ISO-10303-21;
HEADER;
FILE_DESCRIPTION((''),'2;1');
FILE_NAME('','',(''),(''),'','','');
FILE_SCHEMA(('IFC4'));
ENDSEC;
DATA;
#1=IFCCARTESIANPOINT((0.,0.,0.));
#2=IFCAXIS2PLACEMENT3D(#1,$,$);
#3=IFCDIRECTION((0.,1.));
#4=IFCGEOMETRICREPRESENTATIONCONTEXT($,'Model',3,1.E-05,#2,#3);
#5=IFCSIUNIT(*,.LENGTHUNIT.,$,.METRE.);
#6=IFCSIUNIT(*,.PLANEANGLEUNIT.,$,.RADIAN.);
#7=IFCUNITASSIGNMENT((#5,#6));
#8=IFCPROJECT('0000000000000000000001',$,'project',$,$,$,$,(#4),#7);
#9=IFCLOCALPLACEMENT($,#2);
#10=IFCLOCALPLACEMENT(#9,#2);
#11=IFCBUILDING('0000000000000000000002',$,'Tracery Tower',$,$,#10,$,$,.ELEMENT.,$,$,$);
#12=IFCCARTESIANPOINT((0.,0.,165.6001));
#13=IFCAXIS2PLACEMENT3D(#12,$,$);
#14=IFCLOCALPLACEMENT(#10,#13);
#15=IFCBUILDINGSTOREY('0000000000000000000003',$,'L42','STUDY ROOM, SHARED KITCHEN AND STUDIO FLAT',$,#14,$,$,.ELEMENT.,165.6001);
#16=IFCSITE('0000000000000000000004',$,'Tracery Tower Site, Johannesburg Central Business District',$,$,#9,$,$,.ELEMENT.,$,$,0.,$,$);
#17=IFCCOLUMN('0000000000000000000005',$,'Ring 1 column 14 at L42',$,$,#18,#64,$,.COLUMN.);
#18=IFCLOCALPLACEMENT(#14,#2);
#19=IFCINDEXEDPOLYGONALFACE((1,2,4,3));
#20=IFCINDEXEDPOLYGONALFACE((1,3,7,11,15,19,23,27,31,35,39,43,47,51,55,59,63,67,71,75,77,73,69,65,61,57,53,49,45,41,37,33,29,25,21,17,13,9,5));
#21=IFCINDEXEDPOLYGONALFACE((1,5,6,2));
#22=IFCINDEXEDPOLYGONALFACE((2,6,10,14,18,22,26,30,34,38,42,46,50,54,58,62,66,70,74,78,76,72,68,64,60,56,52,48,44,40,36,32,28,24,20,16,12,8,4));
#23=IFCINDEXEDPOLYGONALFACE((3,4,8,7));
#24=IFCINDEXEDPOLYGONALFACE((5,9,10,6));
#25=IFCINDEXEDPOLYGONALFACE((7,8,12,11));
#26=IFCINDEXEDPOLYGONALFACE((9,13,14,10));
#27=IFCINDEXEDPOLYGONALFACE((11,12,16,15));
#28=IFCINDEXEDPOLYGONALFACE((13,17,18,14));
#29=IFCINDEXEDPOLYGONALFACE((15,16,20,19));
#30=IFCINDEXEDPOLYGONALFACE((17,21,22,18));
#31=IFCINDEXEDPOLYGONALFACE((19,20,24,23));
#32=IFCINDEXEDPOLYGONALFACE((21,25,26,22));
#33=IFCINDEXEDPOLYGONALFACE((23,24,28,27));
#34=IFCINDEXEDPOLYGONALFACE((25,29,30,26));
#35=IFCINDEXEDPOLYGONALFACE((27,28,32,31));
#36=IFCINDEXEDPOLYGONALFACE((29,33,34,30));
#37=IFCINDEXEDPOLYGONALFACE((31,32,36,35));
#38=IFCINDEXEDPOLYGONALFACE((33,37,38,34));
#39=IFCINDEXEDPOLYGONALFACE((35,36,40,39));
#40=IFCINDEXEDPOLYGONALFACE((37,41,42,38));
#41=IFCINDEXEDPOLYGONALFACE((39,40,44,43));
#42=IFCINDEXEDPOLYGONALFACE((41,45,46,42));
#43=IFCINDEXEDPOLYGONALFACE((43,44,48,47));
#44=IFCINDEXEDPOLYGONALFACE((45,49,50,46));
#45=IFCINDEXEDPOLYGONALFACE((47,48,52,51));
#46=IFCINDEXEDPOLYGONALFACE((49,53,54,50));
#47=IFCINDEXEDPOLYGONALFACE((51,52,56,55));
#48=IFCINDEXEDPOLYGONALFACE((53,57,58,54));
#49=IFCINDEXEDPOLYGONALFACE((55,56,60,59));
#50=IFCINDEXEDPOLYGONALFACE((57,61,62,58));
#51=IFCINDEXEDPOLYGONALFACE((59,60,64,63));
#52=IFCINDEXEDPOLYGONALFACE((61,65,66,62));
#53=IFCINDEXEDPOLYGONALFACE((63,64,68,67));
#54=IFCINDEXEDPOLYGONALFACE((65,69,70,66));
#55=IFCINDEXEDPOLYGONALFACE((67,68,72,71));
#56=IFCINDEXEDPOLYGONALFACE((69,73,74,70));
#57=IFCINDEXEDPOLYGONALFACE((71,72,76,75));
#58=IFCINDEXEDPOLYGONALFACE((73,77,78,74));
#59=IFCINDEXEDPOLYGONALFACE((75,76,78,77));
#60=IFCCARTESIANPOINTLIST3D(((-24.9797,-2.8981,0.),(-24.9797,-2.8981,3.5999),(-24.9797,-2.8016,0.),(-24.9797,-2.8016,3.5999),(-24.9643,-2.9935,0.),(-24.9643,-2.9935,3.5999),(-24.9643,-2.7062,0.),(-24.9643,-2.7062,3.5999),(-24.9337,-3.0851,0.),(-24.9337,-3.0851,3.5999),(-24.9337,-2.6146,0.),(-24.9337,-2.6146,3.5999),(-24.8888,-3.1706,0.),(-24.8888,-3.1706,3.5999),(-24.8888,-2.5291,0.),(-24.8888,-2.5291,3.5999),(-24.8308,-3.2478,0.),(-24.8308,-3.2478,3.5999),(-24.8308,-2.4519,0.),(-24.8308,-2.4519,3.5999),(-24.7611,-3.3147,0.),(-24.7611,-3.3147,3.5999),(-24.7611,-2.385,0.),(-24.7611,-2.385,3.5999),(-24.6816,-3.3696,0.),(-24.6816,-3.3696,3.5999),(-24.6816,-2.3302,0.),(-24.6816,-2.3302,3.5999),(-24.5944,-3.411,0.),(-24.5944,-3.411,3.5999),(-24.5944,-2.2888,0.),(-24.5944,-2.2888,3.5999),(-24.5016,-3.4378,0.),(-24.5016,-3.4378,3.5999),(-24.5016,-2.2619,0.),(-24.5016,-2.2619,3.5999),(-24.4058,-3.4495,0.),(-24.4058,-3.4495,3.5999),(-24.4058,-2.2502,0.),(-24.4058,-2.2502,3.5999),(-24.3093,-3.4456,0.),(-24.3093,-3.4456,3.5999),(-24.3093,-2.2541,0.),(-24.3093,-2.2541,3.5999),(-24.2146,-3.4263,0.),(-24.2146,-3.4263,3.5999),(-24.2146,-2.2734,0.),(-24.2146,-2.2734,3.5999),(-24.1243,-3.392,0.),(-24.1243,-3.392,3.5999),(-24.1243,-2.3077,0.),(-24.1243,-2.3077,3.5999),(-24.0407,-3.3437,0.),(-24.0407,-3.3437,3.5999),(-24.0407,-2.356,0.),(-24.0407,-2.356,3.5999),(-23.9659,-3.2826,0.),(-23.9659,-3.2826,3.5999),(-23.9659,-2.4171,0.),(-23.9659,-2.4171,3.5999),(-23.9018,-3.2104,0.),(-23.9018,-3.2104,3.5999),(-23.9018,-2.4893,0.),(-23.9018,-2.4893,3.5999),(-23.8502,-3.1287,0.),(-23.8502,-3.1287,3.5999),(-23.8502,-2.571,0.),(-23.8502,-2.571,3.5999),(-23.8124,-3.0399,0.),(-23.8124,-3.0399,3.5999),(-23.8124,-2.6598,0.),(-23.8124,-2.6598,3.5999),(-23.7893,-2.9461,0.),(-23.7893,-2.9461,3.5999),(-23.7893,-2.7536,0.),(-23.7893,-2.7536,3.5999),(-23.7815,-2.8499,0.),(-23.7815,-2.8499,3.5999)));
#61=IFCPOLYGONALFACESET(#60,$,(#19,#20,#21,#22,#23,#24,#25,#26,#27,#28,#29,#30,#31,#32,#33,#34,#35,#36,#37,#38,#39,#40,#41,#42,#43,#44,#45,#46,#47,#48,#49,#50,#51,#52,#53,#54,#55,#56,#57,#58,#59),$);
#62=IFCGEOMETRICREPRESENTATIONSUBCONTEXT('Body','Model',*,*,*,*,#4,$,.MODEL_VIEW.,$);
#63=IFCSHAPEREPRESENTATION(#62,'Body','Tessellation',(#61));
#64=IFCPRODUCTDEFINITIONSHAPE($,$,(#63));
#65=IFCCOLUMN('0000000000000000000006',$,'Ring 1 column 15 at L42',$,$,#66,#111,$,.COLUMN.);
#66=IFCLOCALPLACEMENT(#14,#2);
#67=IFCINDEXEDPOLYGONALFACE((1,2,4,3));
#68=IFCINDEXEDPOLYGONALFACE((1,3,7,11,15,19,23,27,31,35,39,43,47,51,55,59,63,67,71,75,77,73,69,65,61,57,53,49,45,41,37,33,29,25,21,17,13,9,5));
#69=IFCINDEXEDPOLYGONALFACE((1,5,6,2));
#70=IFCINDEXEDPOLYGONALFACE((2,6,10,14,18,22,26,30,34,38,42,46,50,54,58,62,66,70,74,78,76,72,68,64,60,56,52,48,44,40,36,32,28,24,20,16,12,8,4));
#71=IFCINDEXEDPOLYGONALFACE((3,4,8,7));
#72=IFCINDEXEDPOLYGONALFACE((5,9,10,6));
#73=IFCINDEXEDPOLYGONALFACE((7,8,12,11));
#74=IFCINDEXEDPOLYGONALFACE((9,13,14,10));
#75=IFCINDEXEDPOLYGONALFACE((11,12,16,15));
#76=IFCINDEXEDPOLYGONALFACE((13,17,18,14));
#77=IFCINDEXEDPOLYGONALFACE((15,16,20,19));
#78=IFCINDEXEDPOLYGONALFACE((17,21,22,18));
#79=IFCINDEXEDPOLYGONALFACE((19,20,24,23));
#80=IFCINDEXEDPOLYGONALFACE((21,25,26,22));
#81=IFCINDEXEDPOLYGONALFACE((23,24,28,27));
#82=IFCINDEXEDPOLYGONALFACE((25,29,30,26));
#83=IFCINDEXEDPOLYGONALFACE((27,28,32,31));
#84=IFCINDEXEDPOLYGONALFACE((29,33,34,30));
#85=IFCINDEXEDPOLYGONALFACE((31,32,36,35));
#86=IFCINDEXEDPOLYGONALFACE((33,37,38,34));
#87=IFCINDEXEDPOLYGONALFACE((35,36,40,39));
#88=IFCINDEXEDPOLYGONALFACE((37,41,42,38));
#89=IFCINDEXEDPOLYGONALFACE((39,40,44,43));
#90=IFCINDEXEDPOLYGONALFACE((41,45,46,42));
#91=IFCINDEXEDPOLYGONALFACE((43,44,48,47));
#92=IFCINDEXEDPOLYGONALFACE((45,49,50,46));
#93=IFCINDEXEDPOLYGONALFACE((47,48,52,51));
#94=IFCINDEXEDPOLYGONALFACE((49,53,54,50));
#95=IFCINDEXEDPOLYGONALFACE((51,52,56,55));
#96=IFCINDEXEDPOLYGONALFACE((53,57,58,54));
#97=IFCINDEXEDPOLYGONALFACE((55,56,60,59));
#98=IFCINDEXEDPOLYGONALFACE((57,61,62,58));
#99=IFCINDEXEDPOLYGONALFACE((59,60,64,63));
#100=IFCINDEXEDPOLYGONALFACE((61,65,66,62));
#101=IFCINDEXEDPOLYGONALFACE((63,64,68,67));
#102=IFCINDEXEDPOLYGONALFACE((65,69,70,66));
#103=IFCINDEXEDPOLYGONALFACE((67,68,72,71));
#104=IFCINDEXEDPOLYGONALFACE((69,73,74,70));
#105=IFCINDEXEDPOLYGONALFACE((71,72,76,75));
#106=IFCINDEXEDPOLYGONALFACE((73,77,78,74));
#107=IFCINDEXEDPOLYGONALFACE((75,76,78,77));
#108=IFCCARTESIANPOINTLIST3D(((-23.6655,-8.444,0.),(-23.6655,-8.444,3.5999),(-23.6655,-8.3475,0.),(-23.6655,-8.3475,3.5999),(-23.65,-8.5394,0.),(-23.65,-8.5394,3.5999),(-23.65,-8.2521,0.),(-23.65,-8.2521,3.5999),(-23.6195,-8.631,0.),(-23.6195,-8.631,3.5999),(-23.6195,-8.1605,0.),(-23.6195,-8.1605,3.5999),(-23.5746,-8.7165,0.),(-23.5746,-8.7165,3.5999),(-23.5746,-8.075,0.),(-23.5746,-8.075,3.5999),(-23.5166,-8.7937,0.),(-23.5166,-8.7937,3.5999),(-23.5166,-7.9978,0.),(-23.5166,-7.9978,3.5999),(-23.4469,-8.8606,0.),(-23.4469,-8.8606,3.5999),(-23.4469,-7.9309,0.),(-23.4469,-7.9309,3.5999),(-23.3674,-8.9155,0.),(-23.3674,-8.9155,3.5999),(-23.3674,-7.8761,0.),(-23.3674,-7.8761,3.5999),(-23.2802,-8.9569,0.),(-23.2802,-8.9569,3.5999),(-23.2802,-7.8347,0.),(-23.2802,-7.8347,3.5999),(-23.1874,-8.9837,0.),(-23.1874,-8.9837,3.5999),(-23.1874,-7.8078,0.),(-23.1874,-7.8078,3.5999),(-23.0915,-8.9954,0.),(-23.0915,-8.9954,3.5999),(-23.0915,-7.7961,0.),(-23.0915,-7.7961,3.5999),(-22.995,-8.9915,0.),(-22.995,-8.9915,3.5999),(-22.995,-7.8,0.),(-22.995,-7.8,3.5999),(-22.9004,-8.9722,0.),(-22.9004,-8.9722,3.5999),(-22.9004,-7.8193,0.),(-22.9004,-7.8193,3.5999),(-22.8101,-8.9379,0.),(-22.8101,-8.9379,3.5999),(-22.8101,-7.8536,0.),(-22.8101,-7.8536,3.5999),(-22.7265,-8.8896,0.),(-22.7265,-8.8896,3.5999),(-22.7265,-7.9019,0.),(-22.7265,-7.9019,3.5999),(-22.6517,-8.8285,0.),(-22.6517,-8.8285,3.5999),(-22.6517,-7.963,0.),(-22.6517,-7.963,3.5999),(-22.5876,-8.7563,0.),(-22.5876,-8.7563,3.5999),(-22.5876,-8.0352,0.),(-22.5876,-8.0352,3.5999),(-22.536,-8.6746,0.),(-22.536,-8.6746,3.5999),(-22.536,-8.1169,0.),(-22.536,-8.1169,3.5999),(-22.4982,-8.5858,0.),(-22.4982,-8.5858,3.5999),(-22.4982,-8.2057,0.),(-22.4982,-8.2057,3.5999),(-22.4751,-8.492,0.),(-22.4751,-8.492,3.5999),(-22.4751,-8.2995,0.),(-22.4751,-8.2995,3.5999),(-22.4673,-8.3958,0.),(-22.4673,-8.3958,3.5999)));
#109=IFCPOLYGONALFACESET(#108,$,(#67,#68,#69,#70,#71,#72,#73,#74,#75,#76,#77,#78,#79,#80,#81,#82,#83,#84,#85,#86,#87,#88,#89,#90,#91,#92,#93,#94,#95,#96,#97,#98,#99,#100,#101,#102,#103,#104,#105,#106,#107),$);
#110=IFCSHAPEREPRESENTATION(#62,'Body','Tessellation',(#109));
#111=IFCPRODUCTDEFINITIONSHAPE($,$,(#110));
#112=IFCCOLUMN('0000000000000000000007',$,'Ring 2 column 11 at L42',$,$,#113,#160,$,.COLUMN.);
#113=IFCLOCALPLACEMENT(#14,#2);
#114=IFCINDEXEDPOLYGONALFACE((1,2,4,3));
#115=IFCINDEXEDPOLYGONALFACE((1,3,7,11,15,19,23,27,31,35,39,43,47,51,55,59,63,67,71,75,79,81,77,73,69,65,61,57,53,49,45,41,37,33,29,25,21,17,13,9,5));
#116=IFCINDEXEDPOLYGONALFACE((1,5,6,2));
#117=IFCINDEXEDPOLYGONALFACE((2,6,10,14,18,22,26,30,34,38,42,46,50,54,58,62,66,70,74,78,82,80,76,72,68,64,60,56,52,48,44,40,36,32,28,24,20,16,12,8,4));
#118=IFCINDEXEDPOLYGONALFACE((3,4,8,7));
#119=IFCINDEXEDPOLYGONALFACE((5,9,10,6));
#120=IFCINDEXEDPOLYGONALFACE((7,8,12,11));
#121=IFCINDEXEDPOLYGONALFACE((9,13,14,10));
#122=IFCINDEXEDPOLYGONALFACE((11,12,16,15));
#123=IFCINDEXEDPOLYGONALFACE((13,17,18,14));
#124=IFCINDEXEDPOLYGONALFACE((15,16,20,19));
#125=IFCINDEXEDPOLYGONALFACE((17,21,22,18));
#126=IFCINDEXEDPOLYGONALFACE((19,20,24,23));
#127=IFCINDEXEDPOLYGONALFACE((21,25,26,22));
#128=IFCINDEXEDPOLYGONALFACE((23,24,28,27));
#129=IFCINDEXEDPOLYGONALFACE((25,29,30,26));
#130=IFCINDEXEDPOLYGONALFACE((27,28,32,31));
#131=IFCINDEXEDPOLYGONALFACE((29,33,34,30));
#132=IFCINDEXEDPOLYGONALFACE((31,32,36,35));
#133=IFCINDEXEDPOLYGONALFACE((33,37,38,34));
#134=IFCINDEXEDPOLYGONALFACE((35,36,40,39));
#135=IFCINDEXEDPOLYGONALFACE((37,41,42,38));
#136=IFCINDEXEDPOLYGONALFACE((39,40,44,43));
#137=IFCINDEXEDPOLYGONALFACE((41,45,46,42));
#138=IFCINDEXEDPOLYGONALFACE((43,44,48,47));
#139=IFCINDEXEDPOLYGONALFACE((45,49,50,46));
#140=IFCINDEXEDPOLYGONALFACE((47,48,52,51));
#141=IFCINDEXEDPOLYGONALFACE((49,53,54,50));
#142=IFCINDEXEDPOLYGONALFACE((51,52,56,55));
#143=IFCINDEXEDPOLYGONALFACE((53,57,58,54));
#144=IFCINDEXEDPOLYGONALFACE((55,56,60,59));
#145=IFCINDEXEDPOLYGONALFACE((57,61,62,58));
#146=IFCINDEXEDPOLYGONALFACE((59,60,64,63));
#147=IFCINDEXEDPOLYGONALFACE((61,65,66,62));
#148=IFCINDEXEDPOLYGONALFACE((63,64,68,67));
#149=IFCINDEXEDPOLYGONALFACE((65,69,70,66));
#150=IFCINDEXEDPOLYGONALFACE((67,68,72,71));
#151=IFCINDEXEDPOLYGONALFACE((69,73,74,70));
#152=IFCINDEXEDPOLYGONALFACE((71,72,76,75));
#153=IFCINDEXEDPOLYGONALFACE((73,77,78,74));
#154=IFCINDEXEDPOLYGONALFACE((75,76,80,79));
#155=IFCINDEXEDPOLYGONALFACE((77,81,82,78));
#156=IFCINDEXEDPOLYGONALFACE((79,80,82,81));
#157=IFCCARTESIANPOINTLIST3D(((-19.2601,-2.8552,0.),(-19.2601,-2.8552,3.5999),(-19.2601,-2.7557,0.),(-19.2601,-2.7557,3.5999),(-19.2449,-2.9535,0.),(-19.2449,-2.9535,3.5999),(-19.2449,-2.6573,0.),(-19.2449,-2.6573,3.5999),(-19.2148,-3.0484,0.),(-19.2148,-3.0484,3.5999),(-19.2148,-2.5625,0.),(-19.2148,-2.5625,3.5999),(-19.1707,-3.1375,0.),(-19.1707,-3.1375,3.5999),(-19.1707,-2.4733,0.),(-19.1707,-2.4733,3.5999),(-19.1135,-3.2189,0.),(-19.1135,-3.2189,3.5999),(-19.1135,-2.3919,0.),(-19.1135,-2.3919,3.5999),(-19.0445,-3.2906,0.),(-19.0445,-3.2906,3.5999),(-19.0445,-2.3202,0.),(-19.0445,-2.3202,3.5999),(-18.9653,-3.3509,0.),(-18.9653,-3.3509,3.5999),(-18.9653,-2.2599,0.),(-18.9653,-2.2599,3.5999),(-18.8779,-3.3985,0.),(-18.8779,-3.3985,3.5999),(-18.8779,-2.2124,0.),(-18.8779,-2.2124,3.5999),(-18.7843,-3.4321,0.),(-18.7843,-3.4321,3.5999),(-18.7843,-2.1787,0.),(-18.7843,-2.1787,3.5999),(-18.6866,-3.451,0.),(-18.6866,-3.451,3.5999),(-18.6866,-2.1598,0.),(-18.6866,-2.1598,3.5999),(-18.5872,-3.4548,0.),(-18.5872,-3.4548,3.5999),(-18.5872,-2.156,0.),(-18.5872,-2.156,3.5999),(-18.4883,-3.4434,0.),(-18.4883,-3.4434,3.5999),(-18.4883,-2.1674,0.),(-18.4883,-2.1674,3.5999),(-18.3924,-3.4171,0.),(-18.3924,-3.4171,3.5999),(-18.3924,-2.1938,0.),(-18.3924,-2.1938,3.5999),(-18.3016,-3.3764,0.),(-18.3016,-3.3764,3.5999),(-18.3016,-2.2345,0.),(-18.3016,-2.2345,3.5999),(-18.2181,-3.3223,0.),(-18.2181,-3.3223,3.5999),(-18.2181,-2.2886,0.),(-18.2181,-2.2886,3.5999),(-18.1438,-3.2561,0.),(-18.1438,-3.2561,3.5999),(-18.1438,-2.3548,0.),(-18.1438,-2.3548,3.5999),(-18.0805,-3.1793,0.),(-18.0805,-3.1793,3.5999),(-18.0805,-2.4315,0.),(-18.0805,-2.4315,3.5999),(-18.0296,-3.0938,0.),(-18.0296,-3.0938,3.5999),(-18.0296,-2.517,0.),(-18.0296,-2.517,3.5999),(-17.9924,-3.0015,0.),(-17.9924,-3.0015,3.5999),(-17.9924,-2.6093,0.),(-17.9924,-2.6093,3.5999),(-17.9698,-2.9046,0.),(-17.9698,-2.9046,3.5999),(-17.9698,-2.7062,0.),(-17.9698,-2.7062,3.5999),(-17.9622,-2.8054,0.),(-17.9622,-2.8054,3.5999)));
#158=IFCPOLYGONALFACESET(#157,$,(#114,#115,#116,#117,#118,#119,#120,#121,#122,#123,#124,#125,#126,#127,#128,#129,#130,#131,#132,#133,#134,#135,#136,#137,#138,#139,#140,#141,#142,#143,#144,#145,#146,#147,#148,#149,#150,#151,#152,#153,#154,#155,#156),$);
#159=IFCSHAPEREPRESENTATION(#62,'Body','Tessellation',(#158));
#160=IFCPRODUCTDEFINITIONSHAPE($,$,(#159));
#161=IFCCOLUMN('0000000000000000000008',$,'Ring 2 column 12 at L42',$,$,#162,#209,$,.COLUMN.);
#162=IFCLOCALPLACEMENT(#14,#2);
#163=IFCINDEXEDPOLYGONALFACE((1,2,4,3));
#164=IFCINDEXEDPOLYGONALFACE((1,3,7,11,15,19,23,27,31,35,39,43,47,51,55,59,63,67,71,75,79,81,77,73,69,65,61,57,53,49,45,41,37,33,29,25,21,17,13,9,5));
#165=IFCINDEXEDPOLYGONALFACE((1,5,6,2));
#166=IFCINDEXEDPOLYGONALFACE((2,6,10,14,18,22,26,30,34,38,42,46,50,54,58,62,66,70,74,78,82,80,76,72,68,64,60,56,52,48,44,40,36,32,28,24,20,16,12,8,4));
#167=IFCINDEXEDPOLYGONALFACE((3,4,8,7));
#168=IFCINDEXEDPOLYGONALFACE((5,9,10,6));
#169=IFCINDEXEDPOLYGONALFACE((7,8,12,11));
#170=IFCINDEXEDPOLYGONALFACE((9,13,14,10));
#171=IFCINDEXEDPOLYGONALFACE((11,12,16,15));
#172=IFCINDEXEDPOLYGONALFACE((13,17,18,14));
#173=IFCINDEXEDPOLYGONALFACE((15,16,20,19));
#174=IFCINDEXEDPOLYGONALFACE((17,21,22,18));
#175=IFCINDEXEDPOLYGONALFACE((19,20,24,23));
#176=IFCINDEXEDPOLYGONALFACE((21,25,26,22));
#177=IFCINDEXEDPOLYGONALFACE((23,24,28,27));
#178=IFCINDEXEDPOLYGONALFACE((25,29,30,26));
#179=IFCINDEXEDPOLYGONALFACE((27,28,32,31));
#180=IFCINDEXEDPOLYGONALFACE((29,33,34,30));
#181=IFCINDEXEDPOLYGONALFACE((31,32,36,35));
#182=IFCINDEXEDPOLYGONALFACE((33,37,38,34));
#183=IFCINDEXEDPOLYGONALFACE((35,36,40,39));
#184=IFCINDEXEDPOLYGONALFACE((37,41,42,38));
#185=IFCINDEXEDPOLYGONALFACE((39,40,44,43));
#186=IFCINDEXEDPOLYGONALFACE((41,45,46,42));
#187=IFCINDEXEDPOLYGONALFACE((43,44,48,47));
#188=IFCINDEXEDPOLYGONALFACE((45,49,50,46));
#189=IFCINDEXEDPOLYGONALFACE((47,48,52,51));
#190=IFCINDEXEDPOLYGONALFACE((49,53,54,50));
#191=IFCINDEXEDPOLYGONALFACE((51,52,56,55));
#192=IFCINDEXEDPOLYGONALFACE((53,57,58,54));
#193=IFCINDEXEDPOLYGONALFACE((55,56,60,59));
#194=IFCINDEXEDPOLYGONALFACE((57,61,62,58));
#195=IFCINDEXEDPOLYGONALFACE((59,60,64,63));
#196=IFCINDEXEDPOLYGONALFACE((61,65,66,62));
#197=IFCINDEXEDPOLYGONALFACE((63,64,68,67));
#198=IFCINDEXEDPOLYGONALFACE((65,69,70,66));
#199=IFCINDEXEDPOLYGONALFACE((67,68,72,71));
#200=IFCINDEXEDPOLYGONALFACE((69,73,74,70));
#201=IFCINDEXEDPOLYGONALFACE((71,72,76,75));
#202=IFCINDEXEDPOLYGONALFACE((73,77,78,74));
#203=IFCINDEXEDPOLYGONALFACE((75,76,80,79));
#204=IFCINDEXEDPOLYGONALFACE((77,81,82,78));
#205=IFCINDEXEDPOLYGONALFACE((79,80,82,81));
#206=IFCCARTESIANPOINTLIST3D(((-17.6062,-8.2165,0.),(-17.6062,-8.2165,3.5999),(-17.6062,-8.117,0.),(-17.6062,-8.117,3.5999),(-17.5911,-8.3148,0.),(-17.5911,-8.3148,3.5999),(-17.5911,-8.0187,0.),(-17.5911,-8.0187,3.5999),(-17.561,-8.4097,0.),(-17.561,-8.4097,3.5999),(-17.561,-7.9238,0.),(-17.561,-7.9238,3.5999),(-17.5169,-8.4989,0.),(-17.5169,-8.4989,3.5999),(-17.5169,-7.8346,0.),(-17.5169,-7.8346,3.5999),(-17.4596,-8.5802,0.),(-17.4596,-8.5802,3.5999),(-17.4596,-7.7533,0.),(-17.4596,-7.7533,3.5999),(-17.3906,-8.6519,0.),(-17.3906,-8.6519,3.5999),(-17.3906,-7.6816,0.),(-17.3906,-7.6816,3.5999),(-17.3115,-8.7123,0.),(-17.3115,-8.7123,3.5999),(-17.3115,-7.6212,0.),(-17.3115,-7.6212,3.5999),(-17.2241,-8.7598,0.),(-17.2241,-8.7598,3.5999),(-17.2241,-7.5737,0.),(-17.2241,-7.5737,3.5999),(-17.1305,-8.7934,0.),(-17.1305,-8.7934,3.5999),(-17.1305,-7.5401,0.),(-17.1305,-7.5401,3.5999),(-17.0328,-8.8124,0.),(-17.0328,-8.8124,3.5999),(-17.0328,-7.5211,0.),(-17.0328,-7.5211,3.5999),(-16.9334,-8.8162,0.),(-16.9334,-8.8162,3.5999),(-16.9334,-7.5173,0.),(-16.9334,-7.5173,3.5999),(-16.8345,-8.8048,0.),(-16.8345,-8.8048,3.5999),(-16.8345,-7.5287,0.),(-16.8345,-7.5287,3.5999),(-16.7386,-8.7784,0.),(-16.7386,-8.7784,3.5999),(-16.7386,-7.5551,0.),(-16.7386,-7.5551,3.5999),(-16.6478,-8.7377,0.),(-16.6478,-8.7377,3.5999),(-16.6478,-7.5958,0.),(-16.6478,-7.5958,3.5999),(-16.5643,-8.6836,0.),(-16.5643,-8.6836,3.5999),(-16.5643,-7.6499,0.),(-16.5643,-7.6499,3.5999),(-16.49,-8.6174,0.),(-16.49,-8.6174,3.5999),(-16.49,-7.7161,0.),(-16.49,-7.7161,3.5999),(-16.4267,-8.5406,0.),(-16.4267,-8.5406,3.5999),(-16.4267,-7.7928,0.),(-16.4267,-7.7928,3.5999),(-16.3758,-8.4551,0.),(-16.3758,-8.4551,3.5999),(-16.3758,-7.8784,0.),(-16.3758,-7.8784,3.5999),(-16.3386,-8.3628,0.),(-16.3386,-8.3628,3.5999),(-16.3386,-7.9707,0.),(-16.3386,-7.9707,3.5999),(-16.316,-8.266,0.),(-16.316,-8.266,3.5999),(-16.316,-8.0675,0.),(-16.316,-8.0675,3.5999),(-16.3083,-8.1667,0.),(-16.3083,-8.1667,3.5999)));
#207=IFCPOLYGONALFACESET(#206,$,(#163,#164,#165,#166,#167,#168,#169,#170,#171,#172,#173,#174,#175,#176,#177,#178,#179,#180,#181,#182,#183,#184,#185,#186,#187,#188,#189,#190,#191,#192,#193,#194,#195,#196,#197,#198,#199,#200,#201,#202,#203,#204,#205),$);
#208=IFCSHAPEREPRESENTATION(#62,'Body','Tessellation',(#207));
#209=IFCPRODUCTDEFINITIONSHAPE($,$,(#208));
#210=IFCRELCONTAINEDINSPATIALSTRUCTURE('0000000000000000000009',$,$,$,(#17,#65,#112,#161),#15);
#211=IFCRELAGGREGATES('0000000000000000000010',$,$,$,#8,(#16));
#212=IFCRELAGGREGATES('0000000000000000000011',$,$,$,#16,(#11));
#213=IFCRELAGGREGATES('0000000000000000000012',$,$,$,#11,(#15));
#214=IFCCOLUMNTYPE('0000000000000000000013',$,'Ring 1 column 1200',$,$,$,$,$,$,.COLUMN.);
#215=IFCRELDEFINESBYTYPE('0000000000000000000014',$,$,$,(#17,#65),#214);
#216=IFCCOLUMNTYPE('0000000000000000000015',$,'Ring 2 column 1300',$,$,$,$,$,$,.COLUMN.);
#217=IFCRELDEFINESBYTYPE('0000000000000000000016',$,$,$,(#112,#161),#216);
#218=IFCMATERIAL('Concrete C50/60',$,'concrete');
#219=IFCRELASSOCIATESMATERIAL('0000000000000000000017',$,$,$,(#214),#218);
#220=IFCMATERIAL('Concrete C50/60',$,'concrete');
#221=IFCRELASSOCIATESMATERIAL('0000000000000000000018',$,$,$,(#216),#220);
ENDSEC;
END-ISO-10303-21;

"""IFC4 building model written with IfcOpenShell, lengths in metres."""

from ifc_helpers import new_model, si_unit, direction, frame, origin, origin_2d, place, context, subcontext, project, spatial, circle, extrude, material, material_profile, profile_set, type_object, element, save


model = new_model("IFC4")

# Units and contexts
model_context = context("Model", 3, precision=1e-05, world=origin(), true_north=direction((0.0, 1.0)))
body_context = subcontext(model_context, "Body", "Model", "MODEL_VIEW")
ifc_project = project(units=[si_unit("LENGTHUNIT", "METRE"), si_unit("PLANEANGLEUNIT", "RADIAN")], contexts=[model_context])

# Site, building, storey
site_placement = place(None, origin())
site = spatial("IfcSite", under=ifc_project, at=site_placement, Name="Tracery Tower Site, Johannesburg Central Business District", CompositionType="ELEMENT", RefElevation=0.0)
building_placement = place(site_placement, origin())
building = spatial("IfcBuilding", under=site, at=building_placement, Name="Tracery Tower", CompositionType="ELEMENT")
storey_placement = place(building_placement, frame((0.0, 0.0, 165.6001)))
storey = spatial("IfcBuildingStorey", under=building, at=storey_placement, Name="L42", Description="STUDY ROOM, SHARED KITCHEN AND STUDIO FLAT", CompositionType="ELEMENT", Elevation=165.6001)

# Columns
ifc_material_1 = material(Name="Concrete C50/60", Category="concrete")
ifc_material_profile_1 = material_profile(ifc_material_1, circle(Radius=0.6001, at=origin_2d()), Name="RC D1200")
ifc_profile_set_1 = profile_set([ifc_material_profile_1], Name="Concrete C50/60")
column_type_1 = type_object("IfcColumnType", Name="Ring 1 column 1200", PredefinedType="COLUMN", material=ifc_profile_set_1)
for number, where, z_axis, x_axis, name in (
    (1, (-24.3816, -2.8499, 0.0), (0.0, 0.0, 1.0), (1.0, 0.0, 0.0), "Ring 1 column 14 at L42"),
    (2, (-23.0674, -8.3958, 0.0), (0.0, 0.0, 1.0), (1.0, 0.0, 0.0), "Ring 1 column 15 at L42"),
):
    element("IfcColumn", number, at=place(storey_placement, frame(where, z_axis=z_axis, x_axis=x_axis)), inside=storey, type_object=column_type_1, Name=name, PredefinedType="COLUMN", context=body_context, shape_type="SweptSolid", body=[
        extrude(circle(Radius=0.6001, at=origin_2d()), origin(), (0.0, 0.0, 1.0), 3.5999),
    ])
ifc_material_2 = material(Name="Concrete C50/60", Category="concrete")
ifc_material_profile_2 = material_profile(ifc_material_2, circle(Radius=0.6499, at=origin_2d()), Name="RC D1300")
ifc_profile_set_2 = profile_set([ifc_material_profile_2], Name="Concrete C50/60")
column_type_2 = type_object("IfcColumnType", Name="Ring 2 column 1300", PredefinedType="COLUMN", material=ifc_profile_set_2)
for number, where, z_axis, x_axis, name in (
    (3, (-18.6121, -2.8054, 0.0), (0.0, 0.0, 1.0), (1.0, 0.0, 0.0), "Ring 2 column 11 at L42"),
    (4, (-16.9583, -8.1667, 0.0), (0.0, 0.0, 1.0), (1.0, 0.0, 0.0), "Ring 2 column 12 at L42"),
):
    element("IfcColumn", number, at=place(storey_placement, frame(where, z_axis=z_axis, x_axis=x_axis)), inside=storey, type_object=column_type_2, Name=name, PredefinedType="COLUMN", context=body_context, shape_type="SweptSolid", body=[
        extrude(circle(Radius=0.6499, at=origin_2d()), origin(), (0.0, 0.0, 1.0), 3.5999),
    ])

save(model, "model.ifc")
